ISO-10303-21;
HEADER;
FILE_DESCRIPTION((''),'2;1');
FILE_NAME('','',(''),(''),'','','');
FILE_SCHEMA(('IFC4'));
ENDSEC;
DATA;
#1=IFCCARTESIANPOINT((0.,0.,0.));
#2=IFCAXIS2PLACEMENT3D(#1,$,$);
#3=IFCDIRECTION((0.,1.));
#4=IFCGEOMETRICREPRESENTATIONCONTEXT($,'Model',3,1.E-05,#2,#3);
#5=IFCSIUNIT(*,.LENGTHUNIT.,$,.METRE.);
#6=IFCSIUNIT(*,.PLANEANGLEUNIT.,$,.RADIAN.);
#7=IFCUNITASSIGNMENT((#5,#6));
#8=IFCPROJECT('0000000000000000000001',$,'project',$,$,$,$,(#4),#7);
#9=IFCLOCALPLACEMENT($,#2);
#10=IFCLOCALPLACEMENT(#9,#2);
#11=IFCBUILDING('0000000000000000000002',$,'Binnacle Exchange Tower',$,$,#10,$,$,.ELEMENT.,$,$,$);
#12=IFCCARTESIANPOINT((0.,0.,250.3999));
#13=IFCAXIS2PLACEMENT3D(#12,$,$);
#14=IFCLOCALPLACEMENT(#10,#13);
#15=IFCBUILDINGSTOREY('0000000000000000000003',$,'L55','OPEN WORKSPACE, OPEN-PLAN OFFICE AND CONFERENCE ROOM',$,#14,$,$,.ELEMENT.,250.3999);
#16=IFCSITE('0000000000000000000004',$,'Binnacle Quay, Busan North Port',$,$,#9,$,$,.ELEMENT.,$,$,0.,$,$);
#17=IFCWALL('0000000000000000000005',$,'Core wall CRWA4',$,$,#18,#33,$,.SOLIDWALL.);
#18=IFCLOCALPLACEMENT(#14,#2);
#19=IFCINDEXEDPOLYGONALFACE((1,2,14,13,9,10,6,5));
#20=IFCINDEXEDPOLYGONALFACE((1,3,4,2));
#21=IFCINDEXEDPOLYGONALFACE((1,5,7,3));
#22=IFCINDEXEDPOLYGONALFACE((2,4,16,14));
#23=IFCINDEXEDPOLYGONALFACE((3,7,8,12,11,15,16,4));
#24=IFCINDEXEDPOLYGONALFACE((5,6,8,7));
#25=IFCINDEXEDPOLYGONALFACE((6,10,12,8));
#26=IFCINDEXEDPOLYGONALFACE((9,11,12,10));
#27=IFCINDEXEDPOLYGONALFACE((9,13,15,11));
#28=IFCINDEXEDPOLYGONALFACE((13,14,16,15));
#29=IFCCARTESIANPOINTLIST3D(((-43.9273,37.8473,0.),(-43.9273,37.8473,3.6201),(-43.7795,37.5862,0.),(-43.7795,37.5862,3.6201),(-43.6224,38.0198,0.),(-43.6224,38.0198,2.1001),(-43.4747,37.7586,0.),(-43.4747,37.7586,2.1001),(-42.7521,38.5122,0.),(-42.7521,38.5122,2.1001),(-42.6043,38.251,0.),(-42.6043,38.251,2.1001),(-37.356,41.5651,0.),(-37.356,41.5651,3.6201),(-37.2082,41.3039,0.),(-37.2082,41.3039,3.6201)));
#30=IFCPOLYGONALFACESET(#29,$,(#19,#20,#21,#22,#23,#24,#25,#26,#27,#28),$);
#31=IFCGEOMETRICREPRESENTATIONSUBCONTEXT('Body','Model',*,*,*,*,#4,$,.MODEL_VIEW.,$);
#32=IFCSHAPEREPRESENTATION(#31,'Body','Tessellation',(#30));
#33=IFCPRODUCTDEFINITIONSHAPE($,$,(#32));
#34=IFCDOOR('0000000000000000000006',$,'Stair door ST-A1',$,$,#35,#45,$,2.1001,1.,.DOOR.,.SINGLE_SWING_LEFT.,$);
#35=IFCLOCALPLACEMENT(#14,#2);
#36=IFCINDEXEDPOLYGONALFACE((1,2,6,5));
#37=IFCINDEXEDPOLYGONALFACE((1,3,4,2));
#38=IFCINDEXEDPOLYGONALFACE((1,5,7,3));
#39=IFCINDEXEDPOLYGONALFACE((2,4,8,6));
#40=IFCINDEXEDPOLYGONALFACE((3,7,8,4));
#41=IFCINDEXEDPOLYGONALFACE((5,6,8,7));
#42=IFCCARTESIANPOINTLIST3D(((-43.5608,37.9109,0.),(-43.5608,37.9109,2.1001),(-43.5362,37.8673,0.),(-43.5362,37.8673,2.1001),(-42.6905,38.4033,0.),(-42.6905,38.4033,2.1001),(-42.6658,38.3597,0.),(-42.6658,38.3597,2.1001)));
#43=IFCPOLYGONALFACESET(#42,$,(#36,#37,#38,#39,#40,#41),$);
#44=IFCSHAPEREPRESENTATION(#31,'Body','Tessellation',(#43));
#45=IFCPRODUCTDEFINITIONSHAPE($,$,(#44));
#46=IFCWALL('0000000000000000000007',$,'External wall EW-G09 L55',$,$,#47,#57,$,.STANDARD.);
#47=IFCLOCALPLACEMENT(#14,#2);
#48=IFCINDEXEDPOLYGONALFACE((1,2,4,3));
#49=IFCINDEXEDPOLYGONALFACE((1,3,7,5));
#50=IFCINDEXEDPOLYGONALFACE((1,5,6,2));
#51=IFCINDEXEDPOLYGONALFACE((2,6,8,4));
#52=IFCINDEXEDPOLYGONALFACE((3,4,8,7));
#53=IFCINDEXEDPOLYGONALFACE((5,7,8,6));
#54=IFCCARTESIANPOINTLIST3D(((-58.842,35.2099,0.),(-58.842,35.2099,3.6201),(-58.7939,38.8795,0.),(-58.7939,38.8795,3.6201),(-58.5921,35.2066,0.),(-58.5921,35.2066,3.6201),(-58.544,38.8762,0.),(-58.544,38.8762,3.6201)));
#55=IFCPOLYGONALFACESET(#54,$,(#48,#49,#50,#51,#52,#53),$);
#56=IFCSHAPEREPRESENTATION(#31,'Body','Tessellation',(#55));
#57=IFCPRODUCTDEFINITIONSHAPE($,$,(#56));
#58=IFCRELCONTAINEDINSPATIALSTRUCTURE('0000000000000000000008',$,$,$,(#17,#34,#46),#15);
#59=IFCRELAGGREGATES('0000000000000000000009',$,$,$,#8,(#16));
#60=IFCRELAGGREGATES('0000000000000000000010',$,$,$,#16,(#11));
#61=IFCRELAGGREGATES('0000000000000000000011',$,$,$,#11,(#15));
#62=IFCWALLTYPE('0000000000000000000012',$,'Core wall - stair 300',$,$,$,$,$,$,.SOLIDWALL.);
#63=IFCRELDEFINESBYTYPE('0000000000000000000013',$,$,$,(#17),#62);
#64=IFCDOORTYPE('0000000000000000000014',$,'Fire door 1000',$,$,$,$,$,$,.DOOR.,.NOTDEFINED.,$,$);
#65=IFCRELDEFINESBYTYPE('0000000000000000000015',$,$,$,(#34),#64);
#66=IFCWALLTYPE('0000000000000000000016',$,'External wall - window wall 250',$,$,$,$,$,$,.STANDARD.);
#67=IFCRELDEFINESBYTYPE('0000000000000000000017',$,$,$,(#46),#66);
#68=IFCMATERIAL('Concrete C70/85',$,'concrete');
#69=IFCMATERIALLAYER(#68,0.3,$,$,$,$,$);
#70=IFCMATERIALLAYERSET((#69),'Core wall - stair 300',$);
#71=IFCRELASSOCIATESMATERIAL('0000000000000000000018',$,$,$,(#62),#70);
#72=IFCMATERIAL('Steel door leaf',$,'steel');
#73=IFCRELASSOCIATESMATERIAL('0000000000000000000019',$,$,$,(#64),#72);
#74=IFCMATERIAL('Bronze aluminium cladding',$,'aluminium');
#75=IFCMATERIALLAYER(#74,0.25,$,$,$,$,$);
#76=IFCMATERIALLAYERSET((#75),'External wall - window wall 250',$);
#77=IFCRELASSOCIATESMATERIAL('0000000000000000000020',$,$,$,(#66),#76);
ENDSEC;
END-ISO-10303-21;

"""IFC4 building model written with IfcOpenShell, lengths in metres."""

from ifc_helpers import new_model, si_unit, direction, frame, frame_2d, origin, place, context, subcontext, project, spatial, rectangle, extrude, material, layer, layer_set, type_object, element, fill, save


model = new_model("IFC4")

# Units and contexts
model_context = context("Model", 3, precision=1e-05, world=origin(), true_north=direction((0.0, 1.0)))
body_context = subcontext(model_context, "Body", "Model", "MODEL_VIEW")
ifc_project = project(units=[si_unit("LENGTHUNIT", "METRE"), si_unit("PLANEANGLEUNIT", "RADIAN")], contexts=[model_context])

# Site, building, storey
site_placement = place(None, origin())
site = spatial("IfcSite", under=ifc_project, at=site_placement, Name="Binnacle Quay, Busan North Port", CompositionType="ELEMENT", RefElevation=0.0)
building_placement = place(site_placement, origin())
building = spatial("IfcBuilding", under=site, at=building_placement, Name="Binnacle Exchange Tower", CompositionType="ELEMENT")
storey_placement = place(building_placement, frame((0.0, 0.0, 250.3999)))
storey = spatial("IfcBuildingStorey", under=building, at=storey_placement, Name="L55", Description="OPEN WORKSPACE, OPEN-PLAN OFFICE AND CONFERENCE ROOM", CompositionType="ELEMENT", Elevation=250.3999)

# Shared definitions
ifc_material_1 = material(Name="Concrete C70/85", Category="concrete")
ifc_material_2 = material(Name="Steel door leaf", Category="steel")

# Wall, opening, door
ifc_layer_1 = layer(ifc_material_1, 0.3)
ifc_layer_set_1 = layer_set([ifc_layer_1], Name="Core wall - stair 300")
wall_type_1 = type_object("IfcWallType", Name="Core wall - stair 300", PredefinedType="SOLIDWALL", material=ifc_layer_set_1)
wall_1_placement = place(storey_placement, frame((-43.8533, 37.7168, 0.0), z_axis=(0.0, 0.0, 1.0), x_axis=(0.87036, 0.492415, 0.0)))
wall_1 = element("IfcWall", 1, at=wall_1_placement, inside=storey, type_object=wall_type_1, Name="Core wall CRWA4", PredefinedType="SOLIDWALL", context=body_context, shape_type="SweptSolid", body=[
    extrude(rectangle(XDim=7.55, YDim=0.3, at=frame_2d((3.7749, 0.0))), origin(), (0.0, 0.0, 1.0), 3.6201),
])
opening_1_placement = place(wall_1_placement, frame((0.3501, 0.0, 0.0)))
opening_1 = element("IfcOpeningElement", 2, at=opening_1_placement, cuts=wall_1, PredefinedType="OPENING", context=body_context, shape_type="SweptSolid", body=[
    extrude(rectangle(XDim=1.0, YDim=2.1001, at=frame_2d((0.5, 1.05))), frame((0.0, 0.1599, 0.0), z_axis=(0.0, -1.0, 0.0), x_axis=(1.0, 0.0, 0.0)), (0.0, 0.0, 1.0), 0.3201),
])
door_type_1 = type_object("IfcDoorType", Name="Fire door 1000", OperationType="NOTDEFINED", PredefinedType="DOOR", material=ifc_material_2)
door_1_placement = place(opening_1_placement, origin())
door_1 = element("IfcDoor", 3, at=door_1_placement, inside=storey, type_object=door_type_1, Name="Stair door ST-A1", OperationType="SINGLE_SWING_LEFT", OverallHeight=2.1001, OverallWidth=1.0, PredefinedType="DOOR", context=body_context, shape_type="SweptSolid", body=[
    extrude(rectangle(XDim=1.0, YDim=2.1001, at=frame_2d((0.5, 1.05))), frame((0.0, 0.0249, 0.0), z_axis=(0.0, -1.0, 0.0), x_axis=(1.0, 0.0, 0.0)), (0.0, 0.0, 1.0), 0.05),
])
fill(opening_1, door_1)

# Wall
ifc_material_3 = material(Name="Bronze aluminium cladding", Category="aluminium")
ifc_layer_2 = layer(ifc_material_3, 0.25)
ifc_layer_set_2 = layer_set([ifc_layer_2], Name="External wall - window wall 250")
wall_type_2 = type_object("IfcWallType", Name="External wall - window wall 250", PredefinedType="STANDARD", material=ifc_layer_set_2)
wall_2_placement = place(storey_placement, frame((-58.717, 35.2083, 0.0), z_axis=(0.0, 0.0, 1.0), x_axis=(0.013105, 0.999914, 0.0)))
element("IfcWall", 4, at=wall_2_placement, inside=storey, type_object=wall_type_2, Name="External wall EW-G09 L55", PredefinedType="STANDARD", context=body_context, shape_type="SweptSolid", body=[
    extrude(rectangle(XDim=3.6699, YDim=0.25, at=frame_2d((1.835, 0.0))), origin(), (0.0, 0.0, 1.0), 3.6201),
])

save(model, "model.ifc")
